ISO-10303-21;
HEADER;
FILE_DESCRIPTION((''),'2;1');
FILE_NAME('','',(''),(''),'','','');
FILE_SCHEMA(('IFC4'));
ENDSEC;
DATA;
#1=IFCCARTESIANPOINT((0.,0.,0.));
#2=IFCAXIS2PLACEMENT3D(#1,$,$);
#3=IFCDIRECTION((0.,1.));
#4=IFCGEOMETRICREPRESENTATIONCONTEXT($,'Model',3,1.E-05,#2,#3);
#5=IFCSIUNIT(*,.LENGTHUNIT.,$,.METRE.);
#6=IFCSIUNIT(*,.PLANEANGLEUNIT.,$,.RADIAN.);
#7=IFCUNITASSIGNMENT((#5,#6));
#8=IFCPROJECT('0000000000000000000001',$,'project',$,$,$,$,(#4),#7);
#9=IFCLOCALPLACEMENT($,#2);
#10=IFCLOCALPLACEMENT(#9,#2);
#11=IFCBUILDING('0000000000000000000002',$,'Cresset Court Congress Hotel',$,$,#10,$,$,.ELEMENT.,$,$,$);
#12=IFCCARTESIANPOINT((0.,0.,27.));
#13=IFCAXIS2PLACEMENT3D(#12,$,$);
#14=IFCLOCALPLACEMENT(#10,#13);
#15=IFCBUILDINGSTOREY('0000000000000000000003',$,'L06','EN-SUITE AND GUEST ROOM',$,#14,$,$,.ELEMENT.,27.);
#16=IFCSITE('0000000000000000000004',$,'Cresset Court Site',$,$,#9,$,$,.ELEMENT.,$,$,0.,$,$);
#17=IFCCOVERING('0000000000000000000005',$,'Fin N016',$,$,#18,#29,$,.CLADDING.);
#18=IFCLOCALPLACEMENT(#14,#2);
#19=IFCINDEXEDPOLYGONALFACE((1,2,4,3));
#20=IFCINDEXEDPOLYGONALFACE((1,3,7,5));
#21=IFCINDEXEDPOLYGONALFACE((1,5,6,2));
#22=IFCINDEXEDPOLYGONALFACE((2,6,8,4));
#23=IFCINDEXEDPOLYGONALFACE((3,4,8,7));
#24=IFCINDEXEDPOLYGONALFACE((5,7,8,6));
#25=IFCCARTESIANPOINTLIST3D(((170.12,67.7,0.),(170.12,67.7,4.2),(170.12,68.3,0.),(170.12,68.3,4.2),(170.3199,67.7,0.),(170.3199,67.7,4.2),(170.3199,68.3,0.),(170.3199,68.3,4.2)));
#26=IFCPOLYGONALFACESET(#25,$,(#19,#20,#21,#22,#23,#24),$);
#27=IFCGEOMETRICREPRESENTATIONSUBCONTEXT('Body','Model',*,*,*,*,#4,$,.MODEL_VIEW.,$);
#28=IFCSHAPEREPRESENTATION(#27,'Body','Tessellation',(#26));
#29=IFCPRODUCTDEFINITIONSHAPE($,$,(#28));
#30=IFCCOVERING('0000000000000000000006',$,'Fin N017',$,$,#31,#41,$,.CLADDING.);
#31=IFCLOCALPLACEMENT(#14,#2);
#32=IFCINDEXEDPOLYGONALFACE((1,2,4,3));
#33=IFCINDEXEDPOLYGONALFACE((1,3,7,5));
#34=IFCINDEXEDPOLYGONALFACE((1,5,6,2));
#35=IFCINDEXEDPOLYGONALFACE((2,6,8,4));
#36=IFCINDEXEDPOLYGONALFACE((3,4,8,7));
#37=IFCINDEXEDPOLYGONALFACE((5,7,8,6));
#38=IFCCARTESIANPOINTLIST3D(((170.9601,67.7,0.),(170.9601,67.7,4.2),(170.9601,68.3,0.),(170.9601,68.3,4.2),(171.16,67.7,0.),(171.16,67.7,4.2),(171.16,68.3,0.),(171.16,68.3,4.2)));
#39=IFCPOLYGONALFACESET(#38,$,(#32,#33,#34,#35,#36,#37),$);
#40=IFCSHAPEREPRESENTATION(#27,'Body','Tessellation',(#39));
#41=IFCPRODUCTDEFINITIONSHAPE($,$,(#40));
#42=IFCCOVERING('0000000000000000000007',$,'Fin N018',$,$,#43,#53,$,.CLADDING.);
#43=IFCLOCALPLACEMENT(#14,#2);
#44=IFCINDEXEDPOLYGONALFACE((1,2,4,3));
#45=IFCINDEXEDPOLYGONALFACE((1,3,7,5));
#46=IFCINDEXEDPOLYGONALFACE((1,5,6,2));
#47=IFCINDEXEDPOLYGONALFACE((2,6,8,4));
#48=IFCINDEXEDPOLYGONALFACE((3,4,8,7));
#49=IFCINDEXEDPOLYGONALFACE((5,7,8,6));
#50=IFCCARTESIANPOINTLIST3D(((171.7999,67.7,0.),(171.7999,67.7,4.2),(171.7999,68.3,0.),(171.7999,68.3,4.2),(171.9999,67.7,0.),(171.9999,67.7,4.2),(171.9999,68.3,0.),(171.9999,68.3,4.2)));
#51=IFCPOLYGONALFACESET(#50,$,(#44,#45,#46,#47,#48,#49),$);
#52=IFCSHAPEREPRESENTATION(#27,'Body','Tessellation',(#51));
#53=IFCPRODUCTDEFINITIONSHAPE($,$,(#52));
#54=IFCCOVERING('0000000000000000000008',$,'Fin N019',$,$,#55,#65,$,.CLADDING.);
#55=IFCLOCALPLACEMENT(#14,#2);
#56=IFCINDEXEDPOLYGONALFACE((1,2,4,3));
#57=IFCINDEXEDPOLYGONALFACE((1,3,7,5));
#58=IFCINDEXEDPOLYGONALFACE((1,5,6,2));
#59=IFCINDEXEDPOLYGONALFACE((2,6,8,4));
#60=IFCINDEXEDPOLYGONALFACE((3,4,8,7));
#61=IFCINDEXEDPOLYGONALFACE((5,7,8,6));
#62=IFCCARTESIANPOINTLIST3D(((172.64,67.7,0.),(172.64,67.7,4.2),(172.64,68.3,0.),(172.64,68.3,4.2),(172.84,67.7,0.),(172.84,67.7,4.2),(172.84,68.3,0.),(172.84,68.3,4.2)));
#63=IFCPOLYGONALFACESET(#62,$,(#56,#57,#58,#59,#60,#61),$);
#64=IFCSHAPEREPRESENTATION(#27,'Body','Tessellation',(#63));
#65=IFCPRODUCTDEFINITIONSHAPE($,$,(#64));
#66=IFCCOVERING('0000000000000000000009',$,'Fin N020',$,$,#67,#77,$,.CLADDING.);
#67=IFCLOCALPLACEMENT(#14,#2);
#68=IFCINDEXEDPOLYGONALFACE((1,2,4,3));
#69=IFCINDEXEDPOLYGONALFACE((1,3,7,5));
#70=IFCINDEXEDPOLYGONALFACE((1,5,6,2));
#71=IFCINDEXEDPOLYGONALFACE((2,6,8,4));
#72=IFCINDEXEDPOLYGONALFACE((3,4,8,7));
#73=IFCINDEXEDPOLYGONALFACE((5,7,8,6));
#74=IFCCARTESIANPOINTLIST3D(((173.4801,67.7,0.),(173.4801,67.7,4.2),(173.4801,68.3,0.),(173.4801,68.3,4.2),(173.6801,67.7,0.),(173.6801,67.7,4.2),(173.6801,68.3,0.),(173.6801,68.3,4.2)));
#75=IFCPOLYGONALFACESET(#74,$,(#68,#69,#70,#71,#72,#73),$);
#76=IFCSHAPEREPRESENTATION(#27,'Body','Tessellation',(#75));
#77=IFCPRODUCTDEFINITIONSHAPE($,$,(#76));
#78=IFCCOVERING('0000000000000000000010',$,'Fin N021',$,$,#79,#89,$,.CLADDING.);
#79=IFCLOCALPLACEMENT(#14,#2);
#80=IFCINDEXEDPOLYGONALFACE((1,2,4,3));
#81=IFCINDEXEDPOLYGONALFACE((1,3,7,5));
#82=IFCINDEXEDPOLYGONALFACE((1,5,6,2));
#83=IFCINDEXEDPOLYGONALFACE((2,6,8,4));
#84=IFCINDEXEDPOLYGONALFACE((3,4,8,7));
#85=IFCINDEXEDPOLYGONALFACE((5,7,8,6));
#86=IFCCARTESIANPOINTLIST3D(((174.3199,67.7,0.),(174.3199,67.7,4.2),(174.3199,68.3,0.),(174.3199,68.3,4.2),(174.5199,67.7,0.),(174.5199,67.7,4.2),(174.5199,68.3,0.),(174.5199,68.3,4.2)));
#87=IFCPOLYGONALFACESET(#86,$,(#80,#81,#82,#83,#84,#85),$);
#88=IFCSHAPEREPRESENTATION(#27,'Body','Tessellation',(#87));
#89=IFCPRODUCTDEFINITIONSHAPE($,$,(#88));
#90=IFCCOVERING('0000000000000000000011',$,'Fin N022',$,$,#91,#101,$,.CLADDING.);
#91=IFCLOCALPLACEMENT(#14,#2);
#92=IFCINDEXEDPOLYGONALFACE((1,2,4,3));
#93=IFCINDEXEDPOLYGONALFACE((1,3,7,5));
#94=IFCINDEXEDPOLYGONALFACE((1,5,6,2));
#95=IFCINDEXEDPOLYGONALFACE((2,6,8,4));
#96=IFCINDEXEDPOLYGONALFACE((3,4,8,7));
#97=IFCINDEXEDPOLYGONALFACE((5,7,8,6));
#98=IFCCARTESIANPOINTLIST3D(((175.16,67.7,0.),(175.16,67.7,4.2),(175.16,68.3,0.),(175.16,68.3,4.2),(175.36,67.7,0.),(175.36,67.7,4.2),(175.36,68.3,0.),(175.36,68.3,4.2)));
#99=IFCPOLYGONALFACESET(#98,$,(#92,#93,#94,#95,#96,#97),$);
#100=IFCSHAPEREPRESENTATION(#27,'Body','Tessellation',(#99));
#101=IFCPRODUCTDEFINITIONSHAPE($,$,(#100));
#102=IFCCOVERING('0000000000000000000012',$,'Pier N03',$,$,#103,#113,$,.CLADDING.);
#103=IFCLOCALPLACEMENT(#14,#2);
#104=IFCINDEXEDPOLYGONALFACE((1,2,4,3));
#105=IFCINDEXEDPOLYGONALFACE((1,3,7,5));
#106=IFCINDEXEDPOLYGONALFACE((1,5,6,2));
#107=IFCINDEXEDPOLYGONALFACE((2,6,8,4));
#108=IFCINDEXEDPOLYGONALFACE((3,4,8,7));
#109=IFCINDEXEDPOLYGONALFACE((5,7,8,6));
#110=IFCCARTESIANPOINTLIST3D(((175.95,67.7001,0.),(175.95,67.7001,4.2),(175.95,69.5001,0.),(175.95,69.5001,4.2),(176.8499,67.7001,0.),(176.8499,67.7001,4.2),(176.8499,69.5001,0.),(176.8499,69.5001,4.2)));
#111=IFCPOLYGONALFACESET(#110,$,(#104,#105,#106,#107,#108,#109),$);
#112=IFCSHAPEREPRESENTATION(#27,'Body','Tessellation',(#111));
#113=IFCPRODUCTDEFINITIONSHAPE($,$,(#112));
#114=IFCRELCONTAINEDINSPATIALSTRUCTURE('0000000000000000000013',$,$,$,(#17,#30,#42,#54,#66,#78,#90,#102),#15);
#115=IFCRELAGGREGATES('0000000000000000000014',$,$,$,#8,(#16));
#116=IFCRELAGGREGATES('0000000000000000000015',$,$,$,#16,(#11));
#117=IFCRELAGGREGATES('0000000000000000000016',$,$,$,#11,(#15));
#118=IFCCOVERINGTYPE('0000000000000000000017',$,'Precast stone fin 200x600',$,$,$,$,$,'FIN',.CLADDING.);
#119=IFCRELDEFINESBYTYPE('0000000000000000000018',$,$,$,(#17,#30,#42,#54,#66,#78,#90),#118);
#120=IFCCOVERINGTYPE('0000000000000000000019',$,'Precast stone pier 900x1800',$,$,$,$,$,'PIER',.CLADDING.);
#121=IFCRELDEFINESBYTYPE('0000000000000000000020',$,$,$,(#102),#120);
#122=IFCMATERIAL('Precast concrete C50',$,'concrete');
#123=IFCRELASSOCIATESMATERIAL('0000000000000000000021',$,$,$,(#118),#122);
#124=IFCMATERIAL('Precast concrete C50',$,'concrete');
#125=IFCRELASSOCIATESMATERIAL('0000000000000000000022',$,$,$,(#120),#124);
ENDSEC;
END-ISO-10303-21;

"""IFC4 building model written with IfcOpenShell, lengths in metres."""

from ifc_helpers import new_model, si_unit, direction, frame, origin, origin_2d, place, context, subcontext, project, spatial, rectangle, extrude, material, type_object, element, save


model = new_model("IFC4")

# Units and contexts
model_context = context("Model", 3, precision=1e-05, world=origin(), true_north=direction((0.0, 1.0)))
body_context = subcontext(model_context, "Body", "Model", "MODEL_VIEW")
ifc_project = project(units=[si_unit("LENGTHUNIT", "METRE"), si_unit("PLANEANGLEUNIT", "RADIAN")], contexts=[model_context])

# Site, building, storey
site_placement = place(None, origin())
site = spatial("IfcSite", under=ifc_project, at=site_placement, Name="Cresset Court Site", CompositionType="ELEMENT", RefElevation=0.0)
building_placement = place(site_placement, origin())
building = spatial("IfcBuilding", under=site, at=building_placement, Name="Cresset Court Congress Hotel", CompositionType="ELEMENT")
storey_placement = place(building_placement, frame((0.0, 0.0, 27.0)))
storey = spatial("IfcBuildingStorey", under=building, at=storey_placement, Name="L06", Description="EN-SUITE AND GUEST ROOM", CompositionType="ELEMENT", Elevation=27.0)

# Coverings
ifc_material_1 = material(Name="Precast concrete C50", Category="concrete")
covering_type_1 = type_object("IfcCoveringType", Name="Precast stone fin 200x600", ElementType="FIN", PredefinedType="CLADDING", material=ifc_material_1)
for number, where, z_axis, x_axis, name in (
    (1, (170.22, 68.0, 0.0), (0.0, 0.0, 1.0), (1.0, 0.0, 0.0), "Fin N016"),
    (2, (171.0601, 68.0, 0.0), (0.0, 0.0, 1.0), (1.0, 0.0, 0.0), "Fin N017"),
    (3, (171.8999, 68.0, 0.0), (0.0, 0.0, 1.0), (1.0, 0.0, 0.0), "Fin N018"),
    (4, (172.74, 68.0, 0.0), (0.0, 0.0, 1.0), (1.0, 0.0, 0.0), "Fin N019"),
    (5, (173.5801, 68.0, 0.0), (0.0, 0.0, 1.0), (1.0, 0.0, 0.0), "Fin N020"),
    (6, (174.4199, 68.0, 0.0), (0.0, 0.0, 1.0), (1.0, 0.0, 0.0), "Fin N021"),
    (7, (175.26, 68.0, 0.0), (0.0, 0.0, 1.0), (1.0, 0.0, 0.0), "Fin N022"),
):
    element("IfcCovering", number, at=place(storey_placement, frame(where, z_axis=z_axis, x_axis=x_axis)), inside=storey, type_object=covering_type_1, Name=name, PredefinedType="CLADDING", context=body_context, shape_type="SweptSolid", body=[
        extrude(rectangle(XDim=0.2, YDim=0.6001, at=origin_2d()), origin(), (0.0, 0.0, 1.0), 4.2),
    ])
ifc_material_2 = material(Name="Precast concrete C50", Category="concrete")
covering_type_2 = type_object("IfcCoveringType", Name="Precast stone pier 900x1800", ElementType="PIER", PredefinedType="CLADDING", material=ifc_material_2)
covering_placement = place(storey_placement, frame((176.3999, 68.6001, 0.0), z_axis=(0.0, 0.0, 1.0), x_axis=(1.0, 0.0, 0.0)))
element("IfcCovering", 8, at=covering_placement, inside=storey, type_object=covering_type_2, Name="Pier N03", PredefinedType="CLADDING", context=body_context, shape_type="SweptSolid", body=[
    extrude(rectangle(XDim=0.8999, YDim=1.8, at=origin_2d()), origin(), (0.0, 0.0, 1.0), 4.2),
])

save(model, "model.ifc")
